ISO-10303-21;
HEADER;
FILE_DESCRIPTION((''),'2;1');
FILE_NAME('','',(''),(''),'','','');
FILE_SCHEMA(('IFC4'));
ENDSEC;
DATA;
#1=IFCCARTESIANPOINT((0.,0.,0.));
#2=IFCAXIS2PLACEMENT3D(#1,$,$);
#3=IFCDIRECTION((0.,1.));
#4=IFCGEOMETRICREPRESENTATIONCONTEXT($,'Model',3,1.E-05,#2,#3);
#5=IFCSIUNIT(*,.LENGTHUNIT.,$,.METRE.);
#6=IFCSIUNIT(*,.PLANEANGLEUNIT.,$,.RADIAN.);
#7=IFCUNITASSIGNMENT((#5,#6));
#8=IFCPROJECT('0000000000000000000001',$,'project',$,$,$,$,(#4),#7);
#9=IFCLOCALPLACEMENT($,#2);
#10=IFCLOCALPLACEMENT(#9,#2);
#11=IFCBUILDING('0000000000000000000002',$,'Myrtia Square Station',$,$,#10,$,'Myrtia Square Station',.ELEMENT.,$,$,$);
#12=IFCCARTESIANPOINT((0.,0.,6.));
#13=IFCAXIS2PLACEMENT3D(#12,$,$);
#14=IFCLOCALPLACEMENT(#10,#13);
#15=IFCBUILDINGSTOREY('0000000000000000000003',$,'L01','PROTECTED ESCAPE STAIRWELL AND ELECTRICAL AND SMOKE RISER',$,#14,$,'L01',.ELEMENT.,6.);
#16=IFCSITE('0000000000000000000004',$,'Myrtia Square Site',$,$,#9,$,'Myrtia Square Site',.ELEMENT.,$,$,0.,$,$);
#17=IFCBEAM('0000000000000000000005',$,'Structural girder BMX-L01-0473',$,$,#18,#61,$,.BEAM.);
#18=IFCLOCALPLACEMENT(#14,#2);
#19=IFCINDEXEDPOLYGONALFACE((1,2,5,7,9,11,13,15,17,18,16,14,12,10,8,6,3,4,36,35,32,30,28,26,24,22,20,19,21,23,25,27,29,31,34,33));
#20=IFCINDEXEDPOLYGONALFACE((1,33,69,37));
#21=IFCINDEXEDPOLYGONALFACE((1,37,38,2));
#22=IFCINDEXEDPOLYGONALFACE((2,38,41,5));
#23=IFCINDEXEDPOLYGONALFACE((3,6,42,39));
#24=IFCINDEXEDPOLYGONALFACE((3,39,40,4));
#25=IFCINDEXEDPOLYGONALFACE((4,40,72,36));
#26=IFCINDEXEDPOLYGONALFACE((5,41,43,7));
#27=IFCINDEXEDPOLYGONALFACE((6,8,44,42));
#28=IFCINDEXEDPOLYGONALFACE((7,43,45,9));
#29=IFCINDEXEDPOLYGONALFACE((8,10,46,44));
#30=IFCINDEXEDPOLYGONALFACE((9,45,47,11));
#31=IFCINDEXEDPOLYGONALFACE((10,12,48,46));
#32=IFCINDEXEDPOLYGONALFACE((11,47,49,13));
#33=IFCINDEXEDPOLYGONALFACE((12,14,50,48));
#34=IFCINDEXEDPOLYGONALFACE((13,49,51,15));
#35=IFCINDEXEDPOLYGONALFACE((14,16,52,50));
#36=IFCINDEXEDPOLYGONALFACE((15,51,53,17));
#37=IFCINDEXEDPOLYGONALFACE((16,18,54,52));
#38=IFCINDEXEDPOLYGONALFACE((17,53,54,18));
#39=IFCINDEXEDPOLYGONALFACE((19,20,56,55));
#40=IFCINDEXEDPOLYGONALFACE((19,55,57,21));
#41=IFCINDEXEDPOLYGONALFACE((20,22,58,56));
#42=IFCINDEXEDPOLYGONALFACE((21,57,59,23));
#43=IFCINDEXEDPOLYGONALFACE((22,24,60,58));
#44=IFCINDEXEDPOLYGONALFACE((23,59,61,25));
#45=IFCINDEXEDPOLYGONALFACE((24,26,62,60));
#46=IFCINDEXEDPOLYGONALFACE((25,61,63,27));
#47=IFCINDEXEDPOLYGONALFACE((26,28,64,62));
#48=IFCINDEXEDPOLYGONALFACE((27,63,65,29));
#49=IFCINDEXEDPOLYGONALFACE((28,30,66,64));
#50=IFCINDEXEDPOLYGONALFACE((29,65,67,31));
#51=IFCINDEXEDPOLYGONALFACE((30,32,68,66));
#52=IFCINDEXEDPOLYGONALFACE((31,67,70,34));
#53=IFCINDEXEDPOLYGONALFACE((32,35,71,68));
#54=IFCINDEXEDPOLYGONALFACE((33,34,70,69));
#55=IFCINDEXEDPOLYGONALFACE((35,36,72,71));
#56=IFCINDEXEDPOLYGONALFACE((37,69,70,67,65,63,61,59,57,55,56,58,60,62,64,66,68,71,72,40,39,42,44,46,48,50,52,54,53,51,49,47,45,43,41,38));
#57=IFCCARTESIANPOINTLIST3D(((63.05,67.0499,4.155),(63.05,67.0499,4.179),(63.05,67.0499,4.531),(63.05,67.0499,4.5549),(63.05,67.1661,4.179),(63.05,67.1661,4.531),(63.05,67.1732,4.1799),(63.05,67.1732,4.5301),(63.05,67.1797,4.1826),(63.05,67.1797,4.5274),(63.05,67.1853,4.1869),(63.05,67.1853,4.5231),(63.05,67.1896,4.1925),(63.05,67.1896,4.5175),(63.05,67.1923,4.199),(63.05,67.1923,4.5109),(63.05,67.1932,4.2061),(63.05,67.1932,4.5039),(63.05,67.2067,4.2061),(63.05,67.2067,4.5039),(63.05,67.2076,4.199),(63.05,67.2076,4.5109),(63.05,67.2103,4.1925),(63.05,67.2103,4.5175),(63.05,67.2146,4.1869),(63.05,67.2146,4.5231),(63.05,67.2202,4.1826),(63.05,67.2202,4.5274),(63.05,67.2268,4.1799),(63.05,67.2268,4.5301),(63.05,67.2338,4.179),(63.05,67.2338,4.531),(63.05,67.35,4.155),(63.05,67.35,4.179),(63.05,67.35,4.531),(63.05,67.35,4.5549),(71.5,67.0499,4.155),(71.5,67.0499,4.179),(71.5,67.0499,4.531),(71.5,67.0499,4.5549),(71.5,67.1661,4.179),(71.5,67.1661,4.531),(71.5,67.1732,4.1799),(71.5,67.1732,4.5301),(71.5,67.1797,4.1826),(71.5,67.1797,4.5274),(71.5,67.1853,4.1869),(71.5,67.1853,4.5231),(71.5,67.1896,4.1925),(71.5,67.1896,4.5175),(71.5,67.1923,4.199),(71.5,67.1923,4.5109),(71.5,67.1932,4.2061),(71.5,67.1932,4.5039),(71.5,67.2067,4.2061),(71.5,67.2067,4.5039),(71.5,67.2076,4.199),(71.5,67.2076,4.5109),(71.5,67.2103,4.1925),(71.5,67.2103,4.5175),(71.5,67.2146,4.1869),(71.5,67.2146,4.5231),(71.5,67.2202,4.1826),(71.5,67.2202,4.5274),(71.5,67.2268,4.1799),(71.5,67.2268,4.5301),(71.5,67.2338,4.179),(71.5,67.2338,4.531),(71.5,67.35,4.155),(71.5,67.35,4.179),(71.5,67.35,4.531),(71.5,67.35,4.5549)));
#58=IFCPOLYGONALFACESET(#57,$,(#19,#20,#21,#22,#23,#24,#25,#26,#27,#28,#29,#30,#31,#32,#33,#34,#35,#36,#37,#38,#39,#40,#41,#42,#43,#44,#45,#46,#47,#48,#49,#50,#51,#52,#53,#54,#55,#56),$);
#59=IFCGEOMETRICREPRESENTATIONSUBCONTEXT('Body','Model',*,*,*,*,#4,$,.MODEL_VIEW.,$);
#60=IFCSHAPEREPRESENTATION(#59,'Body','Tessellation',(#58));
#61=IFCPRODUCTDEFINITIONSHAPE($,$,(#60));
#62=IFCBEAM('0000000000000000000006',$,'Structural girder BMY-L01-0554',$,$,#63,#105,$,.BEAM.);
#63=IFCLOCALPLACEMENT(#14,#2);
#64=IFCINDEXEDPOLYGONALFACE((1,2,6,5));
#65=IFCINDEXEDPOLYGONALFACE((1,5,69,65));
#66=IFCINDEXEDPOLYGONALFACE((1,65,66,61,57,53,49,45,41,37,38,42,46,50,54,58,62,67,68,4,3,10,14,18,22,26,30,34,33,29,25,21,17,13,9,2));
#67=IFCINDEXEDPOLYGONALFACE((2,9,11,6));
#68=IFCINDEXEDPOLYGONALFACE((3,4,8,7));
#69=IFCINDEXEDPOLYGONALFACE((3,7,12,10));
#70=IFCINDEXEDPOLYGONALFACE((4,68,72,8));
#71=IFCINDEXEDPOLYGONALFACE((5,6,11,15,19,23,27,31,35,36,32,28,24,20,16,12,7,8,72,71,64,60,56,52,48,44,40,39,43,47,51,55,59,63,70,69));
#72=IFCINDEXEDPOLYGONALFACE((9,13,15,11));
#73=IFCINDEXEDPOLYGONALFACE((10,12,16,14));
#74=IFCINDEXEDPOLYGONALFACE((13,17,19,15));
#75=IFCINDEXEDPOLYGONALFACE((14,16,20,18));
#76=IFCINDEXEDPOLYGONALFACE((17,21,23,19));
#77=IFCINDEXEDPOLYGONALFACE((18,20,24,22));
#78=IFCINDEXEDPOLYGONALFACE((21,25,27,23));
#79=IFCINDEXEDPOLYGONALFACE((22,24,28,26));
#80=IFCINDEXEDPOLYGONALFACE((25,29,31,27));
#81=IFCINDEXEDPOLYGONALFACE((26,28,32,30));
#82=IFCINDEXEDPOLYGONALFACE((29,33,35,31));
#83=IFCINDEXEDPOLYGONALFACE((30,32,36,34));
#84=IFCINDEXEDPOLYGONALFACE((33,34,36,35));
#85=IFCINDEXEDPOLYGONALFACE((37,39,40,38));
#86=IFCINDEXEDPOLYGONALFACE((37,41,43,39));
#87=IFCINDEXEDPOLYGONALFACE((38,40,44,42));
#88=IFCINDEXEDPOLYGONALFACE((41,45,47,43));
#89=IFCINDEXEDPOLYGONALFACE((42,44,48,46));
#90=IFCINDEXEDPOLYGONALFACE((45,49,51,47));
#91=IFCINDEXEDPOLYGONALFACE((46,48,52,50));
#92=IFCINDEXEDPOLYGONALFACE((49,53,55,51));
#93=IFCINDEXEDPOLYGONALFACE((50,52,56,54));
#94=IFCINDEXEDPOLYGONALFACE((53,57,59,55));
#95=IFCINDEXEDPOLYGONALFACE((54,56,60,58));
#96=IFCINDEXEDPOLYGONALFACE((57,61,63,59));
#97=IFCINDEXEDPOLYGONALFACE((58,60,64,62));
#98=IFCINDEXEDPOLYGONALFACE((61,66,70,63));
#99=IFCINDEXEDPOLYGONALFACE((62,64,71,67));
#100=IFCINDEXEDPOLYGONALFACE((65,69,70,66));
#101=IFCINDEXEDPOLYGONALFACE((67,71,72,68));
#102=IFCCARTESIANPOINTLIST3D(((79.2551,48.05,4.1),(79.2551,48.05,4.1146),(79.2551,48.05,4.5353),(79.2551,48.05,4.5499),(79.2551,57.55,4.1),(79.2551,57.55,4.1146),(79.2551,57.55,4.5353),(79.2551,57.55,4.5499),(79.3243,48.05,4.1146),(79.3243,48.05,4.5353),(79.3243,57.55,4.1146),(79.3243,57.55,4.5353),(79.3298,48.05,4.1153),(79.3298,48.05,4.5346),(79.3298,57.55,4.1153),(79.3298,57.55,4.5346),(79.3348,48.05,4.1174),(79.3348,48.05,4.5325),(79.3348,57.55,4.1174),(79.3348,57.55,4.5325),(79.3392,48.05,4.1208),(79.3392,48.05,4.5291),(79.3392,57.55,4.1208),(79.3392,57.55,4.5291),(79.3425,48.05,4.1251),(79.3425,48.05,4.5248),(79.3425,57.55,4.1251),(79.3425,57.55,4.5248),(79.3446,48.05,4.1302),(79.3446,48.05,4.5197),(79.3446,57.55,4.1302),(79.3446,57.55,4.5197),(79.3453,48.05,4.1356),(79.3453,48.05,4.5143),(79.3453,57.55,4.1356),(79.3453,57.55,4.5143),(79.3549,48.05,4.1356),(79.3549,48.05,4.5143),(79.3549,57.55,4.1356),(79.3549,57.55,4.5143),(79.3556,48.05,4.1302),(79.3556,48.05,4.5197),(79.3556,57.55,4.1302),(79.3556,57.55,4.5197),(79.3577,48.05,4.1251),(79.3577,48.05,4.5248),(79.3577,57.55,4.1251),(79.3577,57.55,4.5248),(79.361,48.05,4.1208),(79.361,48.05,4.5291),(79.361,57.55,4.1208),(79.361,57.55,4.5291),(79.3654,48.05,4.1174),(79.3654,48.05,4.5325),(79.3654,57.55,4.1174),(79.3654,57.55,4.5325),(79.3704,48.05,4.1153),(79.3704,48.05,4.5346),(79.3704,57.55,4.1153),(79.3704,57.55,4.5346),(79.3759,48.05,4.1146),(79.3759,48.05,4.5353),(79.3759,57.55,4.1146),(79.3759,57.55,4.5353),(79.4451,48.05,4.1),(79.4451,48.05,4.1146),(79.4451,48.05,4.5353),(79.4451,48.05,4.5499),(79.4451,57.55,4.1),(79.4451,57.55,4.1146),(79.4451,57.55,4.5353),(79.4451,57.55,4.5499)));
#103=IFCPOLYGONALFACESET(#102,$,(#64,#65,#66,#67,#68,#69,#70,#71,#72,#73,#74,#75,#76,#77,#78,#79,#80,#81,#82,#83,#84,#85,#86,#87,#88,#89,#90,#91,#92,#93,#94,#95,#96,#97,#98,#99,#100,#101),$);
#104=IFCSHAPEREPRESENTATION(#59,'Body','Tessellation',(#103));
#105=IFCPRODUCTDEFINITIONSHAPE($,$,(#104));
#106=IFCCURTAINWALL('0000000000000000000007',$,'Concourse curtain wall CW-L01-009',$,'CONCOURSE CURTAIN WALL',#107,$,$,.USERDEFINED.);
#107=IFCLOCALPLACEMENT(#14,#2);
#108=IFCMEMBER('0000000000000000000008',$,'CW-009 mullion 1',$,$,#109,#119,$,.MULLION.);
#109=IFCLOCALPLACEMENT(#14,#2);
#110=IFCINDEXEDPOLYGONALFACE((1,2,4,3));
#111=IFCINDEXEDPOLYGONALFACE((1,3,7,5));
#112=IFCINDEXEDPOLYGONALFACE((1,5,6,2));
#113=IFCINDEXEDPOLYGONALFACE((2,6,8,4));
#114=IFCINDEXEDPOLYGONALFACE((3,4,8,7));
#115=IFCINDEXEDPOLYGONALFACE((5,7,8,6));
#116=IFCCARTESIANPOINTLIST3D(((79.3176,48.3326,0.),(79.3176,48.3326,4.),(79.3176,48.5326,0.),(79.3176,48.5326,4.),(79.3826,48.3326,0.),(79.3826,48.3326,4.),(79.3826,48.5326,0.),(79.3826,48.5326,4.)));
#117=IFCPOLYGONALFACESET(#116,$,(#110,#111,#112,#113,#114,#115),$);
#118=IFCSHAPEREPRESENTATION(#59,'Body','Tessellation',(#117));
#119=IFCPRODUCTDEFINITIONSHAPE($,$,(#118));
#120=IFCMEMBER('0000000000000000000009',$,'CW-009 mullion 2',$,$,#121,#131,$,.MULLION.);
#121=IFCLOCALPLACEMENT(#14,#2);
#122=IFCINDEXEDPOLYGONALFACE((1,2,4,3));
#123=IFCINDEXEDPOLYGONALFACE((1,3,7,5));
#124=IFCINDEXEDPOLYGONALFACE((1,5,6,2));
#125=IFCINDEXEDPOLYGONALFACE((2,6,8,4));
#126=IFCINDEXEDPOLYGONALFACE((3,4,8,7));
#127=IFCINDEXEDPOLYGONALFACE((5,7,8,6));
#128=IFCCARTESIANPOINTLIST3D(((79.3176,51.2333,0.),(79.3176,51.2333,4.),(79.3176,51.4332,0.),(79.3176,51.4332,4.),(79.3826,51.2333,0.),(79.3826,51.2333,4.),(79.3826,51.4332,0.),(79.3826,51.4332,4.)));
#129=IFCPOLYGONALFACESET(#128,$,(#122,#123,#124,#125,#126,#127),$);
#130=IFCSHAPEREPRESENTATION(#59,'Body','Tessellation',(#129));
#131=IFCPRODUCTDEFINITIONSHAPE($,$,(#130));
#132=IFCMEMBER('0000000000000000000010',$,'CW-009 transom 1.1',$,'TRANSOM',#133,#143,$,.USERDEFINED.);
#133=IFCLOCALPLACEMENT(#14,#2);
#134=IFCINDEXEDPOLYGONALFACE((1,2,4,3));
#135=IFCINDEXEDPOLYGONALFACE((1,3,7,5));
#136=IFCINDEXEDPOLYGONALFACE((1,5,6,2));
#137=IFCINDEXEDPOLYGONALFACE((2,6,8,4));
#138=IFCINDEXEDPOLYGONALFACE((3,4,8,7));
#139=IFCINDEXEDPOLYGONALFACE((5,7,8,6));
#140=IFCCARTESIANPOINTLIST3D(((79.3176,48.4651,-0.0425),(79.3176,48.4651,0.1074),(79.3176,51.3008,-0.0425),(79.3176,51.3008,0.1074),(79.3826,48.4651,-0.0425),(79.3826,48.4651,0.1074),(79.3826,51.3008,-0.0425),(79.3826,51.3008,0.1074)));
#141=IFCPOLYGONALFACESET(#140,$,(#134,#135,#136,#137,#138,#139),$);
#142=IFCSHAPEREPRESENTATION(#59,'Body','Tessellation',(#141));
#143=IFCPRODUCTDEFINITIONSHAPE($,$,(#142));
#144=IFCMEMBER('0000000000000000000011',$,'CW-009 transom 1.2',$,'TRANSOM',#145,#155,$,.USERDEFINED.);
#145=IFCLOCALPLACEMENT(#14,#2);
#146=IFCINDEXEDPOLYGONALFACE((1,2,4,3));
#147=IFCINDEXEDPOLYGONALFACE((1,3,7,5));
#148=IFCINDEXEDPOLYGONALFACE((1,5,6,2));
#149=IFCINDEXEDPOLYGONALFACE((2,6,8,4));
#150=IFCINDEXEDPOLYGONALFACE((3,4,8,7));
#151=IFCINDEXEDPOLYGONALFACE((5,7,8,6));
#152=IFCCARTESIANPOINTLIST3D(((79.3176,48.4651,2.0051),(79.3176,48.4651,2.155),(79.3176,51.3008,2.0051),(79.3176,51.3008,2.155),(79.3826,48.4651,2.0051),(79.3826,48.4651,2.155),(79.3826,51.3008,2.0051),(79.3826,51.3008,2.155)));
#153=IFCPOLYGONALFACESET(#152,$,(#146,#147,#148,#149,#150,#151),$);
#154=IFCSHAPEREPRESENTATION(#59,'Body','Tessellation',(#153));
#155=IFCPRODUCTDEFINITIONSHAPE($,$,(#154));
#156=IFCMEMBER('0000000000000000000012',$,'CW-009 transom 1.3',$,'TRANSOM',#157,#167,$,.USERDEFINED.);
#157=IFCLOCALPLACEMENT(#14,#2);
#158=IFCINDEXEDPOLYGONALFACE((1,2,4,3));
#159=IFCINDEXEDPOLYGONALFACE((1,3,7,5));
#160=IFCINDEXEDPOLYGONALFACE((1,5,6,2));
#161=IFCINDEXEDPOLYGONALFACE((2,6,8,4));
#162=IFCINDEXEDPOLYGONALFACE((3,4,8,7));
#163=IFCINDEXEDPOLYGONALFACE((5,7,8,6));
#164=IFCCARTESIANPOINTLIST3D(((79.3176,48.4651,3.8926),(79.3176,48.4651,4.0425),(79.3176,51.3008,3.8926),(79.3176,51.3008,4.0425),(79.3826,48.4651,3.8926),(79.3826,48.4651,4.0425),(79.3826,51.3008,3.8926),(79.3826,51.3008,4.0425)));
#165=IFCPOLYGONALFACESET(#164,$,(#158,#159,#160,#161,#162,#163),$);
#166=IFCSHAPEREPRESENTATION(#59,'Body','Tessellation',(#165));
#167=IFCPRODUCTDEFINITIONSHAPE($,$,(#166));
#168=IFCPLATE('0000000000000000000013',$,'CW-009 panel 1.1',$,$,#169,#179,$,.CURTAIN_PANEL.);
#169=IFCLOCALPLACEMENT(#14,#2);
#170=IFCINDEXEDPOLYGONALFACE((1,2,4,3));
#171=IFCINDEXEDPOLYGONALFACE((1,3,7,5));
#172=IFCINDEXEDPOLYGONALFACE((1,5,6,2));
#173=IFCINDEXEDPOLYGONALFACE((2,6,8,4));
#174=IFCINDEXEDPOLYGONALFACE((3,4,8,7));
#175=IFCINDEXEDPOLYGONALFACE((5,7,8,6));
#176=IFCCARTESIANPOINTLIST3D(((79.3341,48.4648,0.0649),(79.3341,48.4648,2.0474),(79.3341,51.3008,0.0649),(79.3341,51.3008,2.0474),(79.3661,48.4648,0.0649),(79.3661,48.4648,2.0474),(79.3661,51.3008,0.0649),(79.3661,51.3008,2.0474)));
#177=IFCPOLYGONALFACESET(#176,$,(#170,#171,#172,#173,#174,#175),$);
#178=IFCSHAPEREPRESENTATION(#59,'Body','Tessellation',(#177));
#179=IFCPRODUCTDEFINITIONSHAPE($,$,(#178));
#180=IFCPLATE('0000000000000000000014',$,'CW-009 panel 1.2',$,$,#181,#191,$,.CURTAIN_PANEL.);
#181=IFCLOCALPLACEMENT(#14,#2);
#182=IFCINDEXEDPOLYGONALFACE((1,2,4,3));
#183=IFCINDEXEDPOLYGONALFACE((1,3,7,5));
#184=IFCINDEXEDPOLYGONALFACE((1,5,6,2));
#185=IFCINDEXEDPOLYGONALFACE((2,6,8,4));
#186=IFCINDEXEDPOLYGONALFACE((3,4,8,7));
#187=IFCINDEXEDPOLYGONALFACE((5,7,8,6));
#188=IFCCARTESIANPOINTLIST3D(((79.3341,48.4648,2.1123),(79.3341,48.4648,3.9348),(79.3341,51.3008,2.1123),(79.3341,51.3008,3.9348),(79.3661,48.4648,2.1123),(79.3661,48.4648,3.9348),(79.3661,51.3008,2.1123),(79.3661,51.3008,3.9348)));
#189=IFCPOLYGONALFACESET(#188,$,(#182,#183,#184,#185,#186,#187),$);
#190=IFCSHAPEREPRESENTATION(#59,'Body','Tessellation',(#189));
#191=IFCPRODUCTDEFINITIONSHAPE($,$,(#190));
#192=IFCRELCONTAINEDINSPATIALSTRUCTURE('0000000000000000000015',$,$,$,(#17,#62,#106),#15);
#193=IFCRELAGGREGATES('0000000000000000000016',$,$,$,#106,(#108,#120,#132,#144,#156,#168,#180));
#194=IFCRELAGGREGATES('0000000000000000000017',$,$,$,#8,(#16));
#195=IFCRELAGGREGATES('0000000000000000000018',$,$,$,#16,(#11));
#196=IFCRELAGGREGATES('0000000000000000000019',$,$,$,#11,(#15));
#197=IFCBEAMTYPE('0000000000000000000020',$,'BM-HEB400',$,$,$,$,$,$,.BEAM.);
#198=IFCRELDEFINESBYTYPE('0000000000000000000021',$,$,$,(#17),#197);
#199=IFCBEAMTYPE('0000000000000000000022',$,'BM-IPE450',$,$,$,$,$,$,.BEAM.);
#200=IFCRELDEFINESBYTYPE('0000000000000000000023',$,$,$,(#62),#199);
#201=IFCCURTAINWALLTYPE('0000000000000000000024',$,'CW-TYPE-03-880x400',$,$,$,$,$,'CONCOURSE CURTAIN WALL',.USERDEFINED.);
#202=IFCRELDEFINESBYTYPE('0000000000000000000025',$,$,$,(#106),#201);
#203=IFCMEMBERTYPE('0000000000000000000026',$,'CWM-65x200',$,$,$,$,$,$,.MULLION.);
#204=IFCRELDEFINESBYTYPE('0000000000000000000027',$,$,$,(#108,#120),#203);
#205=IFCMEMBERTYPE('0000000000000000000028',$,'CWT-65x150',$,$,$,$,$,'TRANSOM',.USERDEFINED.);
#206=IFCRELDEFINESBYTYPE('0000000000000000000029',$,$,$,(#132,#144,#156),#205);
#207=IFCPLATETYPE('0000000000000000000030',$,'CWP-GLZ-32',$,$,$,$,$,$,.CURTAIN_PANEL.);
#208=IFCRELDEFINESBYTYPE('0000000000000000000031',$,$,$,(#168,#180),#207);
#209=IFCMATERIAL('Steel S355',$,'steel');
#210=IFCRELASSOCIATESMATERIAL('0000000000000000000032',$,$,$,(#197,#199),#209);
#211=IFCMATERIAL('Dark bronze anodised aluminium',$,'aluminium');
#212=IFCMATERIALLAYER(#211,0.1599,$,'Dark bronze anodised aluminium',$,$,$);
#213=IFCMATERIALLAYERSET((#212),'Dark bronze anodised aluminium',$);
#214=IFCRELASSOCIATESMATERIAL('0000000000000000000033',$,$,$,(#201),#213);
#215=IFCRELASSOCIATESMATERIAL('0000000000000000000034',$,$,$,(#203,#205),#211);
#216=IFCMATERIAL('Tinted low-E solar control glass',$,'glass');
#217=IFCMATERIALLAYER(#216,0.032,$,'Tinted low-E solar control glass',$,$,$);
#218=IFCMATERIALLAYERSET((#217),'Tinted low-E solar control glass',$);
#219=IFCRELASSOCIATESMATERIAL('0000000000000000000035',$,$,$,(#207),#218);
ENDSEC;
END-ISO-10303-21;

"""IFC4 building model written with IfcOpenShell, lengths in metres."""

from ifc_helpers import new_model, si_unit, direction, frame, origin, origin_2d, place, context, subcontext, project, spatial, rectangle, i_section, extrude, material, layer, layer_set, material_profile, profile_set, type_object, element, aggregate, save


model = new_model("IFC4")

# Units and contexts
model_context = context("Model", 3, precision=1e-05, world=origin(), true_north=direction((0.0, 1.0)))
body_context = subcontext(model_context, "Body", "Model", "MODEL_VIEW")
ifc_project = project(units=[si_unit("LENGTHUNIT", "METRE"), si_unit("PLANEANGLEUNIT", "RADIAN")], contexts=[model_context])

# Site, building, storey
site_placement = place(None, origin())
site = spatial("IfcSite", under=ifc_project, at=site_placement, Name="Myrtia Square Site", LongName="Myrtia Square Site", CompositionType="ELEMENT", RefElevation=0.0)
building_placement = place(site_placement, origin())
building = spatial("IfcBuilding", under=site, at=building_placement, Name="Myrtia Square Station", LongName="Myrtia Square Station", CompositionType="ELEMENT")
storey_placement = place(building_placement, frame((0.0, 0.0, 6.0)))
storey = spatial("IfcBuildingStorey", under=building, at=storey_placement, Name="L01", Description="PROTECTED ESCAPE STAIRWELL AND ELECTRICAL AND SMOKE RISER", LongName="L01", CompositionType="ELEMENT", Elevation=6.0)

# Shared definitions
ifc_material_1 = material(Name="Steel S355", Category="steel")

# Beams
ifc_material_profile_1 = material_profile(ifc_material_1, i_section(OverallWidth=0.3, OverallDepth=0.3999, WebThickness=0.0134, FlangeThickness=0.0239, FilletRadius=0.0271, at=origin_2d()), Name="HEB 400")
ifc_profile_set_1 = profile_set([ifc_material_profile_1], Name="Steel S355")
beam_type_1 = type_object("IfcBeamType", Name="BM-HEB400", PredefinedType="BEAM", material=ifc_profile_set_1)
beam_1_placement = place(storey_placement, frame((63.05, 67.2, 4.355), z_axis=(1.0, 0.0, 0.0), x_axis=(0.0, 1.0, 0.0)))
element("IfcBeam", 1, at=beam_1_placement, inside=storey, type_object=beam_type_1, Name="Structural girder BMX-L01-0473", PredefinedType="BEAM", context=body_context, shape_type="SweptSolid", body=[
    extrude(i_section(OverallWidth=0.3, OverallDepth=0.3999, WebThickness=0.0134, FlangeThickness=0.0239, FilletRadius=0.0271, at=origin_2d()), origin(), (0.0, 0.0, 1.0), 8.45),
])
ifc_material_profile_2 = material_profile(ifc_material_1, i_section(OverallWidth=0.1899, OverallDepth=0.45, WebThickness=0.0095, FlangeThickness=0.0146, FilletRadius=0.021, at=origin_2d()), Name="IPE 450")
ifc_profile_set_2 = profile_set([ifc_material_profile_2], Name="Steel S355")
beam_type_2 = type_object("IfcBeamType", Name="BM-IPE450", PredefinedType="BEAM", material=ifc_profile_set_2)
beam_2_placement = place(storey_placement, frame((79.3501, 48.05, 4.325), z_axis=(0.0, 1.0, 0.0), x_axis=(-1.0, 0.0, 0.0)))
element("IfcBeam", 2, at=beam_2_placement, inside=storey, type_object=beam_type_2, Name="Structural girder BMY-L01-0554", PredefinedType="BEAM", context=body_context, shape_type="SweptSolid", body=[
    extrude(i_section(OverallWidth=0.1899, OverallDepth=0.45, WebThickness=0.0095, FlangeThickness=0.0146, FilletRadius=0.021, at=origin_2d()), origin(), (0.0, 0.0, 1.0), 9.5),
])

# Curtain wall, members, plates
ifc_material_2 = material(Name="Dark bronze anodised aluminium", Category="aluminium")
ifc_layer_1 = layer(ifc_material_2, 0.1599, Name="Dark bronze anodised aluminium")
ifc_layer_set_1 = layer_set([ifc_layer_1], Name="Dark bronze anodised aluminium")
curtain_wall_type = type_object("IfcCurtainWallType", Name="CW-TYPE-03-880x400", ElementType="CONCOURSE CURTAIN WALL", PredefinedType="USERDEFINED", material=ifc_layer_set_1)
curtain_wall_placement = place(storey_placement, origin())
curtain_wall = element("IfcCurtainWall", 3, at=curtain_wall_placement, inside=storey, type_object=curtain_wall_type, Name="Concourse curtain wall CW-L01-009", ObjectType="CONCOURSE CURTAIN WALL", PredefinedType="USERDEFINED")
ifc_material_profile_3 = material_profile(ifc_material_2, rectangle(XDim=0.0649, YDim=0.2, at=origin_2d()), Name="ALU-M 65x200")
ifc_profile_set_3 = profile_set([ifc_material_profile_3], Name="Dark bronze anodised aluminium")
member_type_1 = type_object("IfcMemberType", Name="CWM-65x200", PredefinedType="MULLION", material=ifc_profile_set_3)
member_1_placement = place(storey_placement, frame((79.3501, 48.4326, 0.0), z_axis=(0.0, 0.0, 1.0), x_axis=(-1.0, 0.0, 0.0)))
member_1 = element("IfcMember", 4, at=member_1_placement, type_object=member_type_1, Name="CW-009 mullion 1", PredefinedType="MULLION", context=body_context, shape_type="SweptSolid", body=[
    extrude(rectangle(XDim=0.0649, YDim=0.2, at=origin_2d()), origin(), (0.0, 0.0, 1.0), 4.0),
])
member_2_placement = place(storey_placement, frame((79.3501, 51.3333, 0.0), z_axis=(0.0, 0.0, 1.0), x_axis=(-1.0, 0.0, 0.0)))
member_2 = element("IfcMember", 5, at=member_2_placement, type_object=member_type_1, Name="CW-009 mullion 2", PredefinedType="MULLION", context=body_context, shape_type="SweptSolid", body=[
    extrude(rectangle(XDim=0.0649, YDim=0.2, at=origin_2d()), origin(), (0.0, 0.0, 1.0), 4.0),
])
ifc_material_profile_4 = material_profile(ifc_material_2, rectangle(XDim=0.0649, YDim=0.1499, at=origin_2d()), Name="ALU-T 65x150")
ifc_profile_set_4 = profile_set([ifc_material_profile_4], Name="Dark bronze anodised aluminium")
member_type_2 = type_object("IfcMemberType", Name="CWT-65x150", ElementType="TRANSOM", PredefinedType="USERDEFINED", material=ifc_profile_set_4)
member_3_placement = place(storey_placement, frame((79.3501, 48.4651, 0.0325), z_axis=(0.0, 1.0, 0.0), x_axis=(-1.0, 0.0, 0.0)))
member_3 = element("IfcMember", 6, at=member_3_placement, type_object=member_type_2, Name="CW-009 transom 1.1", ObjectType="TRANSOM", PredefinedType="USERDEFINED", context=body_context, shape_type="SweptSolid", body=[
    extrude(rectangle(XDim=0.0649, YDim=0.1499, at=origin_2d()), origin(), (0.0, 0.0, 1.0), 2.8357),
])
member_4_placement = place(storey_placement, frame((79.3501, 48.4651, 2.0801), z_axis=(0.0, 1.0, 0.0), x_axis=(-1.0, 0.0, 0.0)))
member_4 = element("IfcMember", 7, at=member_4_placement, type_object=member_type_2, Name="CW-009 transom 1.2", ObjectType="TRANSOM", PredefinedType="USERDEFINED", context=body_context, shape_type="SweptSolid", body=[
    extrude(rectangle(XDim=0.0649, YDim=0.1499, at=origin_2d()), origin(), (0.0, 0.0, 1.0), 2.8357),
])
member_5_placement = place(storey_placement, frame((79.3501, 48.4651, 3.9675), z_axis=(0.0, 1.0, 0.0), x_axis=(-1.0, 0.0, 0.0)))
member_5 = element("IfcMember", 8, at=member_5_placement, type_object=member_type_2, Name="CW-009 transom 1.3", ObjectType="TRANSOM", PredefinedType="USERDEFINED", context=body_context, shape_type="SweptSolid", body=[
    extrude(rectangle(XDim=0.0649, YDim=0.1499, at=origin_2d()), origin(), (0.0, 0.0, 1.0), 2.8357),
])
ifc_material_3 = material(Name="Tinted low-E solar control glass", Category="glass")
ifc_layer_2 = layer(ifc_material_3, 0.032, Name="Tinted low-E solar control glass")
ifc_layer_set_2 = layer_set([ifc_layer_2], Name="Tinted low-E solar control glass")
plate_type = type_object("IfcPlateType", Name="CWP-GLZ-32", PredefinedType="CURTAIN_PANEL", material=ifc_layer_set_2)
plate_1_placement = place(storey_placement, frame((79.3501, 49.8828, 0.0649), z_axis=(0.0, 0.0, 1.0), x_axis=(0.0, 1.0, 0.0)))
plate_1 = element("IfcPlate", 9, at=plate_1_placement, type_object=plate_type, Name="CW-009 panel 1.1", PredefinedType="CURTAIN_PANEL", context=body_context, shape_type="SweptSolid", body=[
    extrude(rectangle(XDim=2.8359, YDim=0.032, at=origin_2d()), origin(), (0.0, 0.0, 1.0), 1.9824),
])
plate_2_placement = place(storey_placement, frame((79.3501, 49.8828, 2.1123), z_axis=(0.0, 0.0, 1.0), x_axis=(0.0, 1.0, 0.0)))
plate_2 = element("IfcPlate", 10, at=plate_2_placement, type_object=plate_type, Name="CW-009 panel 1.2", PredefinedType="CURTAIN_PANEL", context=body_context, shape_type="SweptSolid", body=[
    extrude(rectangle(XDim=2.8359, YDim=0.032, at=origin_2d()), origin(), (0.0, 0.0, 1.0), 1.8225),
])
aggregate(curtain_wall, [member_1, member_2, member_3, member_4, member_5, plate_1, plate_2])

save(model, "model.ifc")
